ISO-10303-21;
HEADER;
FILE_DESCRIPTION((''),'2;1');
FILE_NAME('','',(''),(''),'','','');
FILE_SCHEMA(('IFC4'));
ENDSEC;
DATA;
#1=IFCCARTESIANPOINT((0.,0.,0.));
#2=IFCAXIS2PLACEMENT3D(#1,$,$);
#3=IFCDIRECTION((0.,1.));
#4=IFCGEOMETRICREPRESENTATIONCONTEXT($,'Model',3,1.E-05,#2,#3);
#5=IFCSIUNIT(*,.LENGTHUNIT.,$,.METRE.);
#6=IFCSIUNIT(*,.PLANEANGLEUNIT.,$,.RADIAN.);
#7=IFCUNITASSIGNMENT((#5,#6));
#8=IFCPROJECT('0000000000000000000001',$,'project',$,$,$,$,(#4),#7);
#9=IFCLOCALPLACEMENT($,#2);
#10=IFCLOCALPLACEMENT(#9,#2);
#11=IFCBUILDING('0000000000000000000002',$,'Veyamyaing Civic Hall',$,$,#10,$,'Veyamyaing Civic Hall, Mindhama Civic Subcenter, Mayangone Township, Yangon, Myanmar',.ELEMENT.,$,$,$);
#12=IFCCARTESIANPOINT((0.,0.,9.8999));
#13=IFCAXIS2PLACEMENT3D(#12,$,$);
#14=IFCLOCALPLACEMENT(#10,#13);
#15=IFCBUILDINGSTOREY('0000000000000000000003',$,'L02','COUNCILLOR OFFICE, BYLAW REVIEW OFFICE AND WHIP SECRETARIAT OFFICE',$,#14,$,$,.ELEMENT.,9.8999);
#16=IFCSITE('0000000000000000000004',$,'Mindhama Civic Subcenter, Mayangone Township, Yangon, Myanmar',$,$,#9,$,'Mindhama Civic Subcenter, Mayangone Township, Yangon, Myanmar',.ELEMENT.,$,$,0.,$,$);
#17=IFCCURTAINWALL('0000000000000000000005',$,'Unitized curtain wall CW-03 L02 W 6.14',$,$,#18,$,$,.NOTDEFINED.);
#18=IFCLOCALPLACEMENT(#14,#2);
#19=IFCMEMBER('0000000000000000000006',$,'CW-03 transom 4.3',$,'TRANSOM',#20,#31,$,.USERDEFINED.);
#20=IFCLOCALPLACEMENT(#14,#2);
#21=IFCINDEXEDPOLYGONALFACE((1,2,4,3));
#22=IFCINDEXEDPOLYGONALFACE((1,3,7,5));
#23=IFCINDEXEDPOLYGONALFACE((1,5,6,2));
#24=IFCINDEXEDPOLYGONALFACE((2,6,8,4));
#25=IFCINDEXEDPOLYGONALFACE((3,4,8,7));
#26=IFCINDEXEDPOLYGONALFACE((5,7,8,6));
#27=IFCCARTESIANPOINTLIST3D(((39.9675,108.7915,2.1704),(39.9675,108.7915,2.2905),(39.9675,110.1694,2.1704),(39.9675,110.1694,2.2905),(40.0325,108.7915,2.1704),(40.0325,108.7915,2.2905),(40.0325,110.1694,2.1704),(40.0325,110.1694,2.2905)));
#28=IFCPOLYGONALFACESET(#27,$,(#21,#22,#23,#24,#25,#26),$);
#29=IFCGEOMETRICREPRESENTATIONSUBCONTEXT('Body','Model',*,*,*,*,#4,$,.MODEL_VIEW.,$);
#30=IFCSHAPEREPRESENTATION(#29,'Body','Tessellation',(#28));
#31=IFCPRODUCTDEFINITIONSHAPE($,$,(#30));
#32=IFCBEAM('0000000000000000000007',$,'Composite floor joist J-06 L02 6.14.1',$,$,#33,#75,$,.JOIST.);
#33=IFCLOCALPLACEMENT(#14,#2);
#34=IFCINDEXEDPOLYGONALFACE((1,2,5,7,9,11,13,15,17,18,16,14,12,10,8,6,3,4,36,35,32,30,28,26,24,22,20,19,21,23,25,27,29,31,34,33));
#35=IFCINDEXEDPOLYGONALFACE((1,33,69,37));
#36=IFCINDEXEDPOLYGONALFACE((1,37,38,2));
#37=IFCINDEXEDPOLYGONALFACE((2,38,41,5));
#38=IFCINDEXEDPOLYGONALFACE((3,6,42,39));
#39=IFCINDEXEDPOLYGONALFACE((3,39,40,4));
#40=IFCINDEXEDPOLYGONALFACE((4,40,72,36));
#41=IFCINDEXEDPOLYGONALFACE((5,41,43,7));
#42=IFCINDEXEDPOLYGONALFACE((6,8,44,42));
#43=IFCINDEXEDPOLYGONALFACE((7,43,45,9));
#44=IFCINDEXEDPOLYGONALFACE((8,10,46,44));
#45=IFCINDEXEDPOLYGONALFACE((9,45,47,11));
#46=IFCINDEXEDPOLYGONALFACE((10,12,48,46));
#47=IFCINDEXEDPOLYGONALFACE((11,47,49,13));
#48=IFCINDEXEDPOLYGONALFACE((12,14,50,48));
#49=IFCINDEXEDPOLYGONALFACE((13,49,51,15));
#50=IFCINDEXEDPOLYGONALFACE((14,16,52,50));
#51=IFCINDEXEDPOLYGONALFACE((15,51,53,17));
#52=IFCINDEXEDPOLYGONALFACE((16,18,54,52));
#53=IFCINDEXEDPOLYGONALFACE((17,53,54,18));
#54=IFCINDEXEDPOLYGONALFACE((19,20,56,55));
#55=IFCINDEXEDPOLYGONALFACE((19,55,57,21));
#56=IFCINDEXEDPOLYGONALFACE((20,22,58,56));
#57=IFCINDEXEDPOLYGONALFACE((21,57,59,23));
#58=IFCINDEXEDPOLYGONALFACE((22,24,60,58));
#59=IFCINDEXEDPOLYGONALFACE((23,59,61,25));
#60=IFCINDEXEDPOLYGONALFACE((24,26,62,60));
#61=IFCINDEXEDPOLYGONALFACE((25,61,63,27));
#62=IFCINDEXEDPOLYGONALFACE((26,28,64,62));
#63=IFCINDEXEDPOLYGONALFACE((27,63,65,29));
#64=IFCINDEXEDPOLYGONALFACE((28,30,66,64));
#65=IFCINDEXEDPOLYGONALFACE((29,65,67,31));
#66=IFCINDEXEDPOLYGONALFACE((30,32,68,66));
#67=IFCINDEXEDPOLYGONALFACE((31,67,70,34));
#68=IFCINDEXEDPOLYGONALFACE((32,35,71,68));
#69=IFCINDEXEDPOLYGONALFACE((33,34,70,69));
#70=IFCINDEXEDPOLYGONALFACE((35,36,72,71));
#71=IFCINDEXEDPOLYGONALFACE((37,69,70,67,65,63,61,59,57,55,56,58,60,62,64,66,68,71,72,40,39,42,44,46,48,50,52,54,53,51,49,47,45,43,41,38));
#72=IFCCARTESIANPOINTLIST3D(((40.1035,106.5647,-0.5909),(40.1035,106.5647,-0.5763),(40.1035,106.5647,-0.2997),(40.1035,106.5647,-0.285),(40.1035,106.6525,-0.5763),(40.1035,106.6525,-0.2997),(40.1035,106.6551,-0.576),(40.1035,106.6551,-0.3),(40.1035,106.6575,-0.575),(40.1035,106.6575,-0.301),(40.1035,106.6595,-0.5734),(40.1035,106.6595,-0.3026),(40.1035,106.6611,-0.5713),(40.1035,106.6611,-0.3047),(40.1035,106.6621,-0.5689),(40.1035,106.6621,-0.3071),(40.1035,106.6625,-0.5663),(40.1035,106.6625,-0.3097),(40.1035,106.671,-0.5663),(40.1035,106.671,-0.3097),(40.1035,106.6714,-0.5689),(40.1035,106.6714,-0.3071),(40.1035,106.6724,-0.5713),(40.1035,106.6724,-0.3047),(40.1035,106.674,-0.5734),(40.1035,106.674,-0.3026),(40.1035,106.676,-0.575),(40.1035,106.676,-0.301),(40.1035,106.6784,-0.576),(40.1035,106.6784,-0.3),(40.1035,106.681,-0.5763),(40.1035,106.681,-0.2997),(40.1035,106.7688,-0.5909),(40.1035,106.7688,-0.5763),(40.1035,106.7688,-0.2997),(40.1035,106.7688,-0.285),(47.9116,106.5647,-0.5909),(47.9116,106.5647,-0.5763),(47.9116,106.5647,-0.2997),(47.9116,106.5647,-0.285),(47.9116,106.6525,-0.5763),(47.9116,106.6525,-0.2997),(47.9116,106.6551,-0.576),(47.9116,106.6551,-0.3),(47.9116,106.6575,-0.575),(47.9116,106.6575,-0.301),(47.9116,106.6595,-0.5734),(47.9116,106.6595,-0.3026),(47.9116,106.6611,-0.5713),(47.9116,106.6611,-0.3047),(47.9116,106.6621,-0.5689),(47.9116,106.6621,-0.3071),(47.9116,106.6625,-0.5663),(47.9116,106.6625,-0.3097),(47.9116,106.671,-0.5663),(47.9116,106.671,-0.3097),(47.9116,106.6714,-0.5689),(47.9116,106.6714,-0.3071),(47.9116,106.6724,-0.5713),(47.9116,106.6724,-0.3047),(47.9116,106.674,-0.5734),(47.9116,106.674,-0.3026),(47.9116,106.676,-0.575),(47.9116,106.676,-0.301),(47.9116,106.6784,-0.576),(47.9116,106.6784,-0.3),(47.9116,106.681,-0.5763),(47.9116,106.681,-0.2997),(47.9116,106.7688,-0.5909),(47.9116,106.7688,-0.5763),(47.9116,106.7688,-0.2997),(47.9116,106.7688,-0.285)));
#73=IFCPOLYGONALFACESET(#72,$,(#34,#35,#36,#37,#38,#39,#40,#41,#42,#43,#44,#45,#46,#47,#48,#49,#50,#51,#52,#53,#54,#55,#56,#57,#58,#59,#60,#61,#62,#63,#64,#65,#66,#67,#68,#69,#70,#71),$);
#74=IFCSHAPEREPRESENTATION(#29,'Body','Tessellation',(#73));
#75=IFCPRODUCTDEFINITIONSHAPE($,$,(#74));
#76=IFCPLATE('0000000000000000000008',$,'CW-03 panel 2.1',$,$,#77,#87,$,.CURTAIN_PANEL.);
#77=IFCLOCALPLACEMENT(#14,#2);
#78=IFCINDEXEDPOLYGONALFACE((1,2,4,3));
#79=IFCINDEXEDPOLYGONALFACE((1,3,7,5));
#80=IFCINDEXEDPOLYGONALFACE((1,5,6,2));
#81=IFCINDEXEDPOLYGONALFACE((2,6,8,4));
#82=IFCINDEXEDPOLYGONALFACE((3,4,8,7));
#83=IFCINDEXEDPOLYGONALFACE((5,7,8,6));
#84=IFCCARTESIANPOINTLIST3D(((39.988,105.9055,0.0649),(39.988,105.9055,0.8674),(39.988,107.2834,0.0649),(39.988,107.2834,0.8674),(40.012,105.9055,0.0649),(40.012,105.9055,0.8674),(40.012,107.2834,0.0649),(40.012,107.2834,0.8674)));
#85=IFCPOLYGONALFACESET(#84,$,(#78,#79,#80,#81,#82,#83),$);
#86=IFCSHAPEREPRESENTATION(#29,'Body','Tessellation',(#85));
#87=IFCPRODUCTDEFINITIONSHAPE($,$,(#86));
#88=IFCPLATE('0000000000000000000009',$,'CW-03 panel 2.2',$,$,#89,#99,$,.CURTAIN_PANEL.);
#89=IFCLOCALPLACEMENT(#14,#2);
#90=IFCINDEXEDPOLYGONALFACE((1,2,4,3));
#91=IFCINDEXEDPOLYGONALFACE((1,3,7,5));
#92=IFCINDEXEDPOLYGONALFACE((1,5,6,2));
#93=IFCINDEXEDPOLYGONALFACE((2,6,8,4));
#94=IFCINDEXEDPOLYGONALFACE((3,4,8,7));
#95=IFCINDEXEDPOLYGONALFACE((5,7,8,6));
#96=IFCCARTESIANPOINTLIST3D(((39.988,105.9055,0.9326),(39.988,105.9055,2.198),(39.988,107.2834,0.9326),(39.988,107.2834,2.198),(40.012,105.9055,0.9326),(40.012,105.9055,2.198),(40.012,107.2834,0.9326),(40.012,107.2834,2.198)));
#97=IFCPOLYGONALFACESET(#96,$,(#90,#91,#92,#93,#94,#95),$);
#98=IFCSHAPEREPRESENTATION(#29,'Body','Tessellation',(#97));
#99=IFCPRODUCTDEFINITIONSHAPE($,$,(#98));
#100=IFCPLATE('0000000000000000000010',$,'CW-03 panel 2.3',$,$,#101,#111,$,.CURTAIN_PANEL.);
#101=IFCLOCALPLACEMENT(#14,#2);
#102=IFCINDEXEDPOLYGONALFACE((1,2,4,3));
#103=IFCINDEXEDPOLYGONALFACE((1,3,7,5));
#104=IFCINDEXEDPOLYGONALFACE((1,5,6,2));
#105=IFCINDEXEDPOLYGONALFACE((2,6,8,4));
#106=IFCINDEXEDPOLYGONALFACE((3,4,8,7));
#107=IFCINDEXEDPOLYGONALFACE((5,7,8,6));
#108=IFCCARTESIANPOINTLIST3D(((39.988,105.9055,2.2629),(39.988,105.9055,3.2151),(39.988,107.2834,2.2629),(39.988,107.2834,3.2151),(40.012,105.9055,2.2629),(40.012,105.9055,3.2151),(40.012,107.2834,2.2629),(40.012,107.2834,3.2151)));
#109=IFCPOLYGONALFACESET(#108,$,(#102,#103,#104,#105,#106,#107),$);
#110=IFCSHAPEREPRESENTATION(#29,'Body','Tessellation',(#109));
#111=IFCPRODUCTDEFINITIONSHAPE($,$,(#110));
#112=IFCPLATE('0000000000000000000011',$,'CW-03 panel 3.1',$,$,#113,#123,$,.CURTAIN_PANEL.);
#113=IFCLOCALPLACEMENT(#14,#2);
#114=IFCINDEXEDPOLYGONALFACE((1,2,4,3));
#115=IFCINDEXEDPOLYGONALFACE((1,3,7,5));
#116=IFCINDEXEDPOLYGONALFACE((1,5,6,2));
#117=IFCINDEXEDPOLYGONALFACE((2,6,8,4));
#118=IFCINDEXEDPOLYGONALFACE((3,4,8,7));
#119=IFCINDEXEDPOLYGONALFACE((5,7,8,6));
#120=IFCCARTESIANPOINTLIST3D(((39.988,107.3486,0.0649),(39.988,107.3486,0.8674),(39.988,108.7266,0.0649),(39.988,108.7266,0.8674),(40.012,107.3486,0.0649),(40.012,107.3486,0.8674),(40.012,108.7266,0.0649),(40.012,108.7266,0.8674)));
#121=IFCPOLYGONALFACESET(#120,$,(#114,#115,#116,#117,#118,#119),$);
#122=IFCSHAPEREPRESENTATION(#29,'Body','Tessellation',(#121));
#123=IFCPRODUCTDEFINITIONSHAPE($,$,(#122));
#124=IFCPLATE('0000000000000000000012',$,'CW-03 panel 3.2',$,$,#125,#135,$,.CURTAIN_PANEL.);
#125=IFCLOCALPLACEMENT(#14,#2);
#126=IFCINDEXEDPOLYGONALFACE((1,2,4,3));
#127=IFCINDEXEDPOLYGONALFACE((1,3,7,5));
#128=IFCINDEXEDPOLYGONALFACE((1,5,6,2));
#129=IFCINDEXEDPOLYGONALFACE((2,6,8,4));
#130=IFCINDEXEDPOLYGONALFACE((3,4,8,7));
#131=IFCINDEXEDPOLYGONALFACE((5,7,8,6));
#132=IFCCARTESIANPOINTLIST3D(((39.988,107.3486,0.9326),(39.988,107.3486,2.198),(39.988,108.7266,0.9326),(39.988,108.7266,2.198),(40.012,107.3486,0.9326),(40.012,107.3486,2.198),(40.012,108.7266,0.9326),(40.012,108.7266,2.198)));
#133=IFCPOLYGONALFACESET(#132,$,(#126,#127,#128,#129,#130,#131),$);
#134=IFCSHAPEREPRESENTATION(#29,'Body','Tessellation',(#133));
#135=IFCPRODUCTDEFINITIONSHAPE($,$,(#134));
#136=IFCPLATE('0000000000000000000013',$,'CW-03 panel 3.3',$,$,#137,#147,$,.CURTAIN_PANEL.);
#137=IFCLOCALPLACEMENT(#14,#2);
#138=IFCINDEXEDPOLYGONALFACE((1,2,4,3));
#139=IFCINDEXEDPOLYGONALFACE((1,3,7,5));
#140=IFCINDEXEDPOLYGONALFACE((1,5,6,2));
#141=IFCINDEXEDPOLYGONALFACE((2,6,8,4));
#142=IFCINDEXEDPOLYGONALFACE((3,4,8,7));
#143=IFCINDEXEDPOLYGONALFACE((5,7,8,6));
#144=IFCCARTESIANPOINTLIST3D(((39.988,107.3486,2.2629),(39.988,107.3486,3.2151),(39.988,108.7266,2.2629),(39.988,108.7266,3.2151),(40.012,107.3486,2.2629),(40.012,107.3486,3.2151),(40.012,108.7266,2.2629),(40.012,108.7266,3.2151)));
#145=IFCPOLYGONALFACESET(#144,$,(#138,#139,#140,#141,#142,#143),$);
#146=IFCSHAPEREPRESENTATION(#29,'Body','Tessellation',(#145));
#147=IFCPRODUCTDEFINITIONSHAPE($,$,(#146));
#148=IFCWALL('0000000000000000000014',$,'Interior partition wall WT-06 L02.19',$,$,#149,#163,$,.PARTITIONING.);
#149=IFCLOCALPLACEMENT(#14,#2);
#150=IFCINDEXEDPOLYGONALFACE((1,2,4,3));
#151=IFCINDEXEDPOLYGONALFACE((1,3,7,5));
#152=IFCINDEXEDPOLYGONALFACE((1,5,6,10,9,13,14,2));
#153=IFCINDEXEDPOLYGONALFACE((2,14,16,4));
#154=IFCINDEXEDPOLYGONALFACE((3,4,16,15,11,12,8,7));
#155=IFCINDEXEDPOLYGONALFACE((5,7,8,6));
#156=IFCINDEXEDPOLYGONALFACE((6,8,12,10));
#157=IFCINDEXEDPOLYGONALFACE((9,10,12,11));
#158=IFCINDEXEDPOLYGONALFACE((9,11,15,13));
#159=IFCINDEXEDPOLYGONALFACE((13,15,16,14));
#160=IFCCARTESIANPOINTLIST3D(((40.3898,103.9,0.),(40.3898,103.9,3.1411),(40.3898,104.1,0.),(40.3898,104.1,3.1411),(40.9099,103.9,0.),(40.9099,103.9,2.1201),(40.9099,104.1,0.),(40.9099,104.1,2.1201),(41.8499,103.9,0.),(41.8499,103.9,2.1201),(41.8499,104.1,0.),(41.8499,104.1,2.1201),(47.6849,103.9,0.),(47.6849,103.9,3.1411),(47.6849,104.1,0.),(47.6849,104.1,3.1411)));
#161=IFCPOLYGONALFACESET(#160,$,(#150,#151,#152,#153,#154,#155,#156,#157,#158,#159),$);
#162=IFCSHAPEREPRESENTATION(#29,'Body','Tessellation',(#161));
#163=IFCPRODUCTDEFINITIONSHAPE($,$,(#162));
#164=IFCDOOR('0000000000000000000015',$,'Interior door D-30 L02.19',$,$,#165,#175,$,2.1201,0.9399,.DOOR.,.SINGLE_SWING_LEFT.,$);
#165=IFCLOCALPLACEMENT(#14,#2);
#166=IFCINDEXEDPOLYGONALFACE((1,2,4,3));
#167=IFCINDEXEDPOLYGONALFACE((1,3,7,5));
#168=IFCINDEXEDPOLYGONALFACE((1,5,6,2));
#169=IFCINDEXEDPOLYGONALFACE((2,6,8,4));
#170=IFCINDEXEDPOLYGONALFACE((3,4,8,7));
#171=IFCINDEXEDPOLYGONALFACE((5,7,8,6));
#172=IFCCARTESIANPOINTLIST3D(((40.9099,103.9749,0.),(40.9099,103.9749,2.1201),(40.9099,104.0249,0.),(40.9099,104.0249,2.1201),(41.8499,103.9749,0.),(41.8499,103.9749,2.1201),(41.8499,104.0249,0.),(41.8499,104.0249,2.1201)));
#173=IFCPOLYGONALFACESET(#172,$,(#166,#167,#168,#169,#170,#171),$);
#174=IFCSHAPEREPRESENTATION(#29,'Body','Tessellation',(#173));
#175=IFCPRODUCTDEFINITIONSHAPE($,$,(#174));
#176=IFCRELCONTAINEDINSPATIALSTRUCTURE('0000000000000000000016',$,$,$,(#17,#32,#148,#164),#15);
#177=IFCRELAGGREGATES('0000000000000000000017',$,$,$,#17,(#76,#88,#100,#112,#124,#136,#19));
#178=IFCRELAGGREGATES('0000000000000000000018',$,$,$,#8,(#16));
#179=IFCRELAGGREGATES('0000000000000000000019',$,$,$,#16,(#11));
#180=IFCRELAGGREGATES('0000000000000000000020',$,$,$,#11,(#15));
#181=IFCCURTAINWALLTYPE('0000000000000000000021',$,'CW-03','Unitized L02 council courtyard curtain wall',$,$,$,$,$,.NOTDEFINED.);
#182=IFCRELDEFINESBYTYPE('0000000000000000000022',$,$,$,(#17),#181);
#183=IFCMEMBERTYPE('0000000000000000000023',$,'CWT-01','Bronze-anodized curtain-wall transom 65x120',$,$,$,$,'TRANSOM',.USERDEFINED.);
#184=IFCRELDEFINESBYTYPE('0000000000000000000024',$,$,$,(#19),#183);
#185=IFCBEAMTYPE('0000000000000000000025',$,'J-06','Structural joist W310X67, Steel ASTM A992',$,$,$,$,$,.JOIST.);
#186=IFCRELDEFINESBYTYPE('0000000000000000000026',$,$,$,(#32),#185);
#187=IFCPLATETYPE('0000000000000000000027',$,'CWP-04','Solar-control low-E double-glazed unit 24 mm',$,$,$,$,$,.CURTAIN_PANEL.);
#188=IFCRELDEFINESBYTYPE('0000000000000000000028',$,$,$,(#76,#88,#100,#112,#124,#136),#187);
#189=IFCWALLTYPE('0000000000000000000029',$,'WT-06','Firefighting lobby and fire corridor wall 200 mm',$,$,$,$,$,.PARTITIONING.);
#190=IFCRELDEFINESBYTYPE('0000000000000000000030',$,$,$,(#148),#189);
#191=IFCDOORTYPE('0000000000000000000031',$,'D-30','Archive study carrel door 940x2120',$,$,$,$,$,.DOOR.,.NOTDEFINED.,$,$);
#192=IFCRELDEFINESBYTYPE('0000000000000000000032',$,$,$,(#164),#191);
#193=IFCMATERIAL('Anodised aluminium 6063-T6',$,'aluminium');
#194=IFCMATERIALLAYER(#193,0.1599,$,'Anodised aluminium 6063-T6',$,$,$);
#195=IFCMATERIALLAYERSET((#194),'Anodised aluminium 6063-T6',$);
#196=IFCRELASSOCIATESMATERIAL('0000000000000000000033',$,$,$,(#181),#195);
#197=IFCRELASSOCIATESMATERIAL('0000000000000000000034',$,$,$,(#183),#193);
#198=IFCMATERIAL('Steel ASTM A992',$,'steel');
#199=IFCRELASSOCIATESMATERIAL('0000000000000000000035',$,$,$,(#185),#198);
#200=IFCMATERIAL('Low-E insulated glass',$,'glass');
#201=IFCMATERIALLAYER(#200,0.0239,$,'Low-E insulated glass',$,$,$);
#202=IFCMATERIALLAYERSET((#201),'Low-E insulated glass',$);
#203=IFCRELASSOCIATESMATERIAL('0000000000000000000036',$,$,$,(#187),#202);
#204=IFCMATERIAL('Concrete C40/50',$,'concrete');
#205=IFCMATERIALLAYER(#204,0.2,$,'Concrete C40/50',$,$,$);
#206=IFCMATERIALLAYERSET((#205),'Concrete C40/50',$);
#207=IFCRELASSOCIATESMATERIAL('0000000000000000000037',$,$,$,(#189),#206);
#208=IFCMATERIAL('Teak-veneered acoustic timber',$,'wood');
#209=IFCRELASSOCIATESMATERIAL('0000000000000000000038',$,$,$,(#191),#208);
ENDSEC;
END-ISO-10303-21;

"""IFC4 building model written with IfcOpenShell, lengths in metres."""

from ifc_helpers import new_model, si_unit, direction, frame, frame_2d, origin, origin_2d, place, context, subcontext, project, spatial, rectangle, i_section, extrude, material, layer, layer_set, material_profile, profile_set, type_object, element, fill, aggregate, save


model = new_model("IFC4")

# Units and contexts
model_context = context("Model", 3, precision=1e-05, world=origin(), true_north=direction((0.0, 1.0)))
body_context = subcontext(model_context, "Body", "Model", "MODEL_VIEW")
ifc_project = project(units=[si_unit("LENGTHUNIT", "METRE"), si_unit("PLANEANGLEUNIT", "RADIAN")], contexts=[model_context])

# Site, building, storey
site_placement = place(None, origin())
site = spatial("IfcSite", under=ifc_project, at=site_placement, Name="Mindhama Civic Subcenter, Mayangone Township, Yangon, Myanmar", LongName="Mindhama Civic Subcenter, Mayangone Township, Yangon, Myanmar", CompositionType="ELEMENT", RefElevation=0.0)
building_placement = place(site_placement, origin())
building = spatial("IfcBuilding", under=site, at=building_placement, Name="Veyamyaing Civic Hall", LongName="Veyamyaing Civic Hall, Mindhama Civic Subcenter, Mayangone Township, Yangon, Myanmar", CompositionType="ELEMENT")
storey_placement = place(building_placement, frame((0.0, 0.0, 9.8999)))
storey = spatial("IfcBuildingStorey", under=building, at=storey_placement, Name="L02", Description="COUNCILLOR OFFICE, BYLAW REVIEW OFFICE AND WHIP SECRETARIAT OFFICE", CompositionType="ELEMENT", Elevation=9.8999)

# Shared definitions
ifc_material_1 = material(Name="Steel ASTM A992", Category="steel")

# Curtain wall, member
ifc_material_2 = material(Name="Anodised aluminium 6063-T6", Category="aluminium")
ifc_layer_1 = layer(ifc_material_2, 0.1599, Name="Anodised aluminium 6063-T6")
ifc_layer_set_1 = layer_set([ifc_layer_1], Name="Anodised aluminium 6063-T6")
curtain_wall_type = type_object("IfcCurtainWallType", Name="CW-03", Description="Unitized L02 council courtyard curtain wall", PredefinedType="NOTDEFINED", material=ifc_layer_set_1)
curtain_wall_placement = place(storey_placement, origin())
curtain_wall = element("IfcCurtainWall", 1, at=curtain_wall_placement, inside=storey, type_object=curtain_wall_type, Name="Unitized curtain wall CW-03 L02 W 6.14", PredefinedType="NOTDEFINED")
ifc_material_profile_1 = material_profile(ifc_material_2, rectangle(XDim=0.0649, YDim=0.1201, at=origin_2d()), Name="ALU-TRN-65X120")
ifc_profile_set_1 = profile_set([ifc_material_profile_1], Name="Anodised aluminium 6063-T6")
member_type_1 = type_object("IfcMemberType", Name="CWT-01", Description="Bronze-anodized curtain-wall transom 65x120", ElementType="TRANSOM", PredefinedType="USERDEFINED", material=ifc_profile_set_1)
member_1_placement = place(storey_placement, frame((40.0, 108.7915, 2.2305), z_axis=(0.0, 1.0, 0.0), x_axis=(-1.0, 0.0, 0.0)))
member_1 = element("IfcMember", 2, at=member_1_placement, type_object=member_type_1, Name="CW-03 transom 4.3", ObjectType="TRANSOM", PredefinedType="USERDEFINED", context=body_context, shape_type="SweptSolid", body=[
    extrude(rectangle(XDim=0.0649, YDim=0.1201, at=origin_2d()), origin(), (0.0, 0.0, 1.0), 1.3779),
])

# Beam
ifc_material_profile_2 = material_profile(ifc_material_1, i_section(OverallWidth=0.2041, OverallDepth=0.3059, WebThickness=0.0085, FlangeThickness=0.0146, FilletRadius=0.01, at=origin_2d()), Name="W310X67")
ifc_profile_set_2 = profile_set([ifc_material_profile_2], Name="Steel ASTM A992")
beam_type_1 = type_object("IfcBeamType", Name="J-06", Description="Structural joist W310X67, Steel ASTM A992", PredefinedType="JOIST", material=ifc_profile_set_2)
beam_1_placement = place(storey_placement, frame((40.1035, 106.6667, -0.438), z_axis=(1.0, 0.0, 0.0), x_axis=(0.0, 1.0, 0.0)))
element("IfcBeam", 3, at=beam_1_placement, inside=storey, type_object=beam_type_1, Name="Composite floor joist J-06 L02 6.14.1", PredefinedType="JOIST", context=body_context, shape_type="SweptSolid", body=[
    extrude(i_section(OverallWidth=0.2041, OverallDepth=0.3059, WebThickness=0.0085, FlangeThickness=0.0146, FilletRadius=0.01, at=origin_2d()), origin(), (0.0, 0.0, 1.0), 7.8081),
])

# Plates
ifc_material_3 = material(Name="Low-E insulated glass", Category="glass")
ifc_layer_2 = layer(ifc_material_3, 0.0239, Name="Low-E insulated glass")
ifc_layer_set_2 = layer_set([ifc_layer_2], Name="Low-E insulated glass")
plate_type = type_object("IfcPlateType", Name="CWP-04", Description="Solar-control low-E double-glazed unit 24 mm", PredefinedType="CURTAIN_PANEL", material=ifc_layer_set_2)
plate_1_placement = place(storey_placement, frame((40.0, 106.5945, 0.0649), z_axis=(0.0, 0.0, 1.0), x_axis=(0.0, 1.0, 0.0)))
plate_1 = element("IfcPlate", 4, at=plate_1_placement, type_object=plate_type, Name="CW-03 panel 2.1", PredefinedType="CURTAIN_PANEL", context=body_context, shape_type="SweptSolid", body=[
    extrude(rectangle(XDim=1.3779, YDim=0.0239, at=origin_2d()), origin(), (0.0, 0.0, 1.0), 0.8025),
])
plate_2_placement = place(storey_placement, frame((40.0, 106.5945, 0.9326), z_axis=(0.0, 0.0, 1.0), x_axis=(0.0, 1.0, 0.0)))
plate_2 = element("IfcPlate", 5, at=plate_2_placement, type_object=plate_type, Name="CW-03 panel 2.2", PredefinedType="CURTAIN_PANEL", context=body_context, shape_type="SweptSolid", body=[
    extrude(rectangle(XDim=1.3779, YDim=0.0239, at=origin_2d()), origin(), (0.0, 0.0, 1.0), 1.2654),
])
plate_3_placement = place(storey_placement, frame((40.0, 106.5945, 2.2629), z_axis=(0.0, 0.0, 1.0), x_axis=(0.0, 1.0, 0.0)))
plate_3 = element("IfcPlate", 6, at=plate_3_placement, type_object=plate_type, Name="CW-03 panel 2.3", PredefinedType="CURTAIN_PANEL", context=body_context, shape_type="SweptSolid", body=[
    extrude(rectangle(XDim=1.3779, YDim=0.0239, at=origin_2d()), origin(), (0.0, 0.0, 1.0), 0.9521),
])
plate_4_placement = place(storey_placement, frame((40.0, 108.0376, 0.0649), z_axis=(0.0, 0.0, 1.0), x_axis=(0.0, 1.0, 0.0)))
plate_4 = element("IfcPlate", 7, at=plate_4_placement, type_object=plate_type, Name="CW-03 panel 3.1", PredefinedType="CURTAIN_PANEL", context=body_context, shape_type="SweptSolid", body=[
    extrude(rectangle(XDim=1.3779, YDim=0.0239, at=origin_2d()), origin(), (0.0, 0.0, 1.0), 0.8025),
])
plate_5_placement = place(storey_placement, frame((40.0, 108.0376, 0.9326), z_axis=(0.0, 0.0, 1.0), x_axis=(0.0, 1.0, 0.0)))
plate_5 = element("IfcPlate", 8, at=plate_5_placement, type_object=plate_type, Name="CW-03 panel 3.2", PredefinedType="CURTAIN_PANEL", context=body_context, shape_type="SweptSolid", body=[
    extrude(rectangle(XDim=1.3779, YDim=0.0239, at=origin_2d()), origin(), (0.0, 0.0, 1.0), 1.2654),
])
plate_6_placement = place(storey_placement, frame((40.0, 108.0376, 2.2629), z_axis=(0.0, 0.0, 1.0), x_axis=(0.0, 1.0, 0.0)))
plate_6 = element("IfcPlate", 9, at=plate_6_placement, type_object=plate_type, Name="CW-03 panel 3.3", PredefinedType="CURTAIN_PANEL", context=body_context, shape_type="SweptSolid", body=[
    extrude(rectangle(XDim=1.3779, YDim=0.0239, at=origin_2d()), origin(), (0.0, 0.0, 1.0), 0.9521),
])
aggregate(curtain_wall, [plate_1, plate_2, plate_3, plate_4, plate_5, plate_6, member_1])

# Wall, opening, door
ifc_material_4 = material(Name="Concrete C40/50", Category="concrete")
ifc_layer_3 = layer(ifc_material_4, 0.2, Name="Concrete C40/50")
ifc_layer_set_3 = layer_set([ifc_layer_3], Name="Concrete C40/50")
wall_type = type_object("IfcWallType", Name="WT-06", Description="Firefighting lobby and fire corridor wall 200 mm", PredefinedType="PARTITIONING", material=ifc_layer_set_3)
wall_placement = place(storey_placement, frame((40.3899, 104.0, 0.0), z_axis=(0.0, 0.0, 1.0), x_axis=(1.0, 0.0, 0.0)))
wall = element("IfcWall", 10, at=wall_placement, inside=storey, type_object=wall_type, Name="Interior partition wall WT-06 L02.19", PredefinedType="PARTITIONING", context=body_context, shape_type="SweptSolid", body=[
    extrude(rectangle(XDim=7.2952, YDim=0.2, at=frame_2d((3.6475, 0.0))), origin(), (0.0, 0.0, 1.0), 3.1411),
])
opening_placement = place(wall_placement, frame((0.52, 0.0, 0.0)))
opening = element("IfcOpeningElement", 11, at=opening_placement, cuts=wall, PredefinedType="OPENING", context=body_context, shape_type="SweptSolid", body=[
    extrude(rectangle(XDim=0.9399, YDim=2.1201, at=frame_2d((0.47, 1.0601))), frame((0.0, 0.1099, 0.0), z_axis=(0.0, -1.0, 0.0), x_axis=(1.0, 0.0, 0.0)), (0.0, 0.0, 1.0), 0.22),
])
ifc_material_5 = material(Name="Teak-veneered acoustic timber", Category="wood")
door_type = type_object("IfcDoorType", Name="D-30", Description="Archive study carrel door 940x2120", OperationType="NOTDEFINED", PredefinedType="DOOR", material=ifc_material_5)
door_placement = place(opening_placement, origin())
door = element("IfcDoor", 12, at=door_placement, inside=storey, type_object=door_type, Name="Interior door D-30 L02.19", OperationType="SINGLE_SWING_LEFT", OverallHeight=2.1201, OverallWidth=0.9399, PredefinedType="DOOR", context=body_context, shape_type="SweptSolid", body=[
    extrude(rectangle(XDim=0.9399, YDim=2.1201, at=frame_2d((0.47, 1.0601))), frame((0.0, 0.0249, 0.0), z_axis=(0.0, -1.0, 0.0), x_axis=(1.0, 0.0, 0.0)), (0.0, 0.0, 1.0), 0.05),
])
fill(opening, door)

save(model, "model.ifc")
